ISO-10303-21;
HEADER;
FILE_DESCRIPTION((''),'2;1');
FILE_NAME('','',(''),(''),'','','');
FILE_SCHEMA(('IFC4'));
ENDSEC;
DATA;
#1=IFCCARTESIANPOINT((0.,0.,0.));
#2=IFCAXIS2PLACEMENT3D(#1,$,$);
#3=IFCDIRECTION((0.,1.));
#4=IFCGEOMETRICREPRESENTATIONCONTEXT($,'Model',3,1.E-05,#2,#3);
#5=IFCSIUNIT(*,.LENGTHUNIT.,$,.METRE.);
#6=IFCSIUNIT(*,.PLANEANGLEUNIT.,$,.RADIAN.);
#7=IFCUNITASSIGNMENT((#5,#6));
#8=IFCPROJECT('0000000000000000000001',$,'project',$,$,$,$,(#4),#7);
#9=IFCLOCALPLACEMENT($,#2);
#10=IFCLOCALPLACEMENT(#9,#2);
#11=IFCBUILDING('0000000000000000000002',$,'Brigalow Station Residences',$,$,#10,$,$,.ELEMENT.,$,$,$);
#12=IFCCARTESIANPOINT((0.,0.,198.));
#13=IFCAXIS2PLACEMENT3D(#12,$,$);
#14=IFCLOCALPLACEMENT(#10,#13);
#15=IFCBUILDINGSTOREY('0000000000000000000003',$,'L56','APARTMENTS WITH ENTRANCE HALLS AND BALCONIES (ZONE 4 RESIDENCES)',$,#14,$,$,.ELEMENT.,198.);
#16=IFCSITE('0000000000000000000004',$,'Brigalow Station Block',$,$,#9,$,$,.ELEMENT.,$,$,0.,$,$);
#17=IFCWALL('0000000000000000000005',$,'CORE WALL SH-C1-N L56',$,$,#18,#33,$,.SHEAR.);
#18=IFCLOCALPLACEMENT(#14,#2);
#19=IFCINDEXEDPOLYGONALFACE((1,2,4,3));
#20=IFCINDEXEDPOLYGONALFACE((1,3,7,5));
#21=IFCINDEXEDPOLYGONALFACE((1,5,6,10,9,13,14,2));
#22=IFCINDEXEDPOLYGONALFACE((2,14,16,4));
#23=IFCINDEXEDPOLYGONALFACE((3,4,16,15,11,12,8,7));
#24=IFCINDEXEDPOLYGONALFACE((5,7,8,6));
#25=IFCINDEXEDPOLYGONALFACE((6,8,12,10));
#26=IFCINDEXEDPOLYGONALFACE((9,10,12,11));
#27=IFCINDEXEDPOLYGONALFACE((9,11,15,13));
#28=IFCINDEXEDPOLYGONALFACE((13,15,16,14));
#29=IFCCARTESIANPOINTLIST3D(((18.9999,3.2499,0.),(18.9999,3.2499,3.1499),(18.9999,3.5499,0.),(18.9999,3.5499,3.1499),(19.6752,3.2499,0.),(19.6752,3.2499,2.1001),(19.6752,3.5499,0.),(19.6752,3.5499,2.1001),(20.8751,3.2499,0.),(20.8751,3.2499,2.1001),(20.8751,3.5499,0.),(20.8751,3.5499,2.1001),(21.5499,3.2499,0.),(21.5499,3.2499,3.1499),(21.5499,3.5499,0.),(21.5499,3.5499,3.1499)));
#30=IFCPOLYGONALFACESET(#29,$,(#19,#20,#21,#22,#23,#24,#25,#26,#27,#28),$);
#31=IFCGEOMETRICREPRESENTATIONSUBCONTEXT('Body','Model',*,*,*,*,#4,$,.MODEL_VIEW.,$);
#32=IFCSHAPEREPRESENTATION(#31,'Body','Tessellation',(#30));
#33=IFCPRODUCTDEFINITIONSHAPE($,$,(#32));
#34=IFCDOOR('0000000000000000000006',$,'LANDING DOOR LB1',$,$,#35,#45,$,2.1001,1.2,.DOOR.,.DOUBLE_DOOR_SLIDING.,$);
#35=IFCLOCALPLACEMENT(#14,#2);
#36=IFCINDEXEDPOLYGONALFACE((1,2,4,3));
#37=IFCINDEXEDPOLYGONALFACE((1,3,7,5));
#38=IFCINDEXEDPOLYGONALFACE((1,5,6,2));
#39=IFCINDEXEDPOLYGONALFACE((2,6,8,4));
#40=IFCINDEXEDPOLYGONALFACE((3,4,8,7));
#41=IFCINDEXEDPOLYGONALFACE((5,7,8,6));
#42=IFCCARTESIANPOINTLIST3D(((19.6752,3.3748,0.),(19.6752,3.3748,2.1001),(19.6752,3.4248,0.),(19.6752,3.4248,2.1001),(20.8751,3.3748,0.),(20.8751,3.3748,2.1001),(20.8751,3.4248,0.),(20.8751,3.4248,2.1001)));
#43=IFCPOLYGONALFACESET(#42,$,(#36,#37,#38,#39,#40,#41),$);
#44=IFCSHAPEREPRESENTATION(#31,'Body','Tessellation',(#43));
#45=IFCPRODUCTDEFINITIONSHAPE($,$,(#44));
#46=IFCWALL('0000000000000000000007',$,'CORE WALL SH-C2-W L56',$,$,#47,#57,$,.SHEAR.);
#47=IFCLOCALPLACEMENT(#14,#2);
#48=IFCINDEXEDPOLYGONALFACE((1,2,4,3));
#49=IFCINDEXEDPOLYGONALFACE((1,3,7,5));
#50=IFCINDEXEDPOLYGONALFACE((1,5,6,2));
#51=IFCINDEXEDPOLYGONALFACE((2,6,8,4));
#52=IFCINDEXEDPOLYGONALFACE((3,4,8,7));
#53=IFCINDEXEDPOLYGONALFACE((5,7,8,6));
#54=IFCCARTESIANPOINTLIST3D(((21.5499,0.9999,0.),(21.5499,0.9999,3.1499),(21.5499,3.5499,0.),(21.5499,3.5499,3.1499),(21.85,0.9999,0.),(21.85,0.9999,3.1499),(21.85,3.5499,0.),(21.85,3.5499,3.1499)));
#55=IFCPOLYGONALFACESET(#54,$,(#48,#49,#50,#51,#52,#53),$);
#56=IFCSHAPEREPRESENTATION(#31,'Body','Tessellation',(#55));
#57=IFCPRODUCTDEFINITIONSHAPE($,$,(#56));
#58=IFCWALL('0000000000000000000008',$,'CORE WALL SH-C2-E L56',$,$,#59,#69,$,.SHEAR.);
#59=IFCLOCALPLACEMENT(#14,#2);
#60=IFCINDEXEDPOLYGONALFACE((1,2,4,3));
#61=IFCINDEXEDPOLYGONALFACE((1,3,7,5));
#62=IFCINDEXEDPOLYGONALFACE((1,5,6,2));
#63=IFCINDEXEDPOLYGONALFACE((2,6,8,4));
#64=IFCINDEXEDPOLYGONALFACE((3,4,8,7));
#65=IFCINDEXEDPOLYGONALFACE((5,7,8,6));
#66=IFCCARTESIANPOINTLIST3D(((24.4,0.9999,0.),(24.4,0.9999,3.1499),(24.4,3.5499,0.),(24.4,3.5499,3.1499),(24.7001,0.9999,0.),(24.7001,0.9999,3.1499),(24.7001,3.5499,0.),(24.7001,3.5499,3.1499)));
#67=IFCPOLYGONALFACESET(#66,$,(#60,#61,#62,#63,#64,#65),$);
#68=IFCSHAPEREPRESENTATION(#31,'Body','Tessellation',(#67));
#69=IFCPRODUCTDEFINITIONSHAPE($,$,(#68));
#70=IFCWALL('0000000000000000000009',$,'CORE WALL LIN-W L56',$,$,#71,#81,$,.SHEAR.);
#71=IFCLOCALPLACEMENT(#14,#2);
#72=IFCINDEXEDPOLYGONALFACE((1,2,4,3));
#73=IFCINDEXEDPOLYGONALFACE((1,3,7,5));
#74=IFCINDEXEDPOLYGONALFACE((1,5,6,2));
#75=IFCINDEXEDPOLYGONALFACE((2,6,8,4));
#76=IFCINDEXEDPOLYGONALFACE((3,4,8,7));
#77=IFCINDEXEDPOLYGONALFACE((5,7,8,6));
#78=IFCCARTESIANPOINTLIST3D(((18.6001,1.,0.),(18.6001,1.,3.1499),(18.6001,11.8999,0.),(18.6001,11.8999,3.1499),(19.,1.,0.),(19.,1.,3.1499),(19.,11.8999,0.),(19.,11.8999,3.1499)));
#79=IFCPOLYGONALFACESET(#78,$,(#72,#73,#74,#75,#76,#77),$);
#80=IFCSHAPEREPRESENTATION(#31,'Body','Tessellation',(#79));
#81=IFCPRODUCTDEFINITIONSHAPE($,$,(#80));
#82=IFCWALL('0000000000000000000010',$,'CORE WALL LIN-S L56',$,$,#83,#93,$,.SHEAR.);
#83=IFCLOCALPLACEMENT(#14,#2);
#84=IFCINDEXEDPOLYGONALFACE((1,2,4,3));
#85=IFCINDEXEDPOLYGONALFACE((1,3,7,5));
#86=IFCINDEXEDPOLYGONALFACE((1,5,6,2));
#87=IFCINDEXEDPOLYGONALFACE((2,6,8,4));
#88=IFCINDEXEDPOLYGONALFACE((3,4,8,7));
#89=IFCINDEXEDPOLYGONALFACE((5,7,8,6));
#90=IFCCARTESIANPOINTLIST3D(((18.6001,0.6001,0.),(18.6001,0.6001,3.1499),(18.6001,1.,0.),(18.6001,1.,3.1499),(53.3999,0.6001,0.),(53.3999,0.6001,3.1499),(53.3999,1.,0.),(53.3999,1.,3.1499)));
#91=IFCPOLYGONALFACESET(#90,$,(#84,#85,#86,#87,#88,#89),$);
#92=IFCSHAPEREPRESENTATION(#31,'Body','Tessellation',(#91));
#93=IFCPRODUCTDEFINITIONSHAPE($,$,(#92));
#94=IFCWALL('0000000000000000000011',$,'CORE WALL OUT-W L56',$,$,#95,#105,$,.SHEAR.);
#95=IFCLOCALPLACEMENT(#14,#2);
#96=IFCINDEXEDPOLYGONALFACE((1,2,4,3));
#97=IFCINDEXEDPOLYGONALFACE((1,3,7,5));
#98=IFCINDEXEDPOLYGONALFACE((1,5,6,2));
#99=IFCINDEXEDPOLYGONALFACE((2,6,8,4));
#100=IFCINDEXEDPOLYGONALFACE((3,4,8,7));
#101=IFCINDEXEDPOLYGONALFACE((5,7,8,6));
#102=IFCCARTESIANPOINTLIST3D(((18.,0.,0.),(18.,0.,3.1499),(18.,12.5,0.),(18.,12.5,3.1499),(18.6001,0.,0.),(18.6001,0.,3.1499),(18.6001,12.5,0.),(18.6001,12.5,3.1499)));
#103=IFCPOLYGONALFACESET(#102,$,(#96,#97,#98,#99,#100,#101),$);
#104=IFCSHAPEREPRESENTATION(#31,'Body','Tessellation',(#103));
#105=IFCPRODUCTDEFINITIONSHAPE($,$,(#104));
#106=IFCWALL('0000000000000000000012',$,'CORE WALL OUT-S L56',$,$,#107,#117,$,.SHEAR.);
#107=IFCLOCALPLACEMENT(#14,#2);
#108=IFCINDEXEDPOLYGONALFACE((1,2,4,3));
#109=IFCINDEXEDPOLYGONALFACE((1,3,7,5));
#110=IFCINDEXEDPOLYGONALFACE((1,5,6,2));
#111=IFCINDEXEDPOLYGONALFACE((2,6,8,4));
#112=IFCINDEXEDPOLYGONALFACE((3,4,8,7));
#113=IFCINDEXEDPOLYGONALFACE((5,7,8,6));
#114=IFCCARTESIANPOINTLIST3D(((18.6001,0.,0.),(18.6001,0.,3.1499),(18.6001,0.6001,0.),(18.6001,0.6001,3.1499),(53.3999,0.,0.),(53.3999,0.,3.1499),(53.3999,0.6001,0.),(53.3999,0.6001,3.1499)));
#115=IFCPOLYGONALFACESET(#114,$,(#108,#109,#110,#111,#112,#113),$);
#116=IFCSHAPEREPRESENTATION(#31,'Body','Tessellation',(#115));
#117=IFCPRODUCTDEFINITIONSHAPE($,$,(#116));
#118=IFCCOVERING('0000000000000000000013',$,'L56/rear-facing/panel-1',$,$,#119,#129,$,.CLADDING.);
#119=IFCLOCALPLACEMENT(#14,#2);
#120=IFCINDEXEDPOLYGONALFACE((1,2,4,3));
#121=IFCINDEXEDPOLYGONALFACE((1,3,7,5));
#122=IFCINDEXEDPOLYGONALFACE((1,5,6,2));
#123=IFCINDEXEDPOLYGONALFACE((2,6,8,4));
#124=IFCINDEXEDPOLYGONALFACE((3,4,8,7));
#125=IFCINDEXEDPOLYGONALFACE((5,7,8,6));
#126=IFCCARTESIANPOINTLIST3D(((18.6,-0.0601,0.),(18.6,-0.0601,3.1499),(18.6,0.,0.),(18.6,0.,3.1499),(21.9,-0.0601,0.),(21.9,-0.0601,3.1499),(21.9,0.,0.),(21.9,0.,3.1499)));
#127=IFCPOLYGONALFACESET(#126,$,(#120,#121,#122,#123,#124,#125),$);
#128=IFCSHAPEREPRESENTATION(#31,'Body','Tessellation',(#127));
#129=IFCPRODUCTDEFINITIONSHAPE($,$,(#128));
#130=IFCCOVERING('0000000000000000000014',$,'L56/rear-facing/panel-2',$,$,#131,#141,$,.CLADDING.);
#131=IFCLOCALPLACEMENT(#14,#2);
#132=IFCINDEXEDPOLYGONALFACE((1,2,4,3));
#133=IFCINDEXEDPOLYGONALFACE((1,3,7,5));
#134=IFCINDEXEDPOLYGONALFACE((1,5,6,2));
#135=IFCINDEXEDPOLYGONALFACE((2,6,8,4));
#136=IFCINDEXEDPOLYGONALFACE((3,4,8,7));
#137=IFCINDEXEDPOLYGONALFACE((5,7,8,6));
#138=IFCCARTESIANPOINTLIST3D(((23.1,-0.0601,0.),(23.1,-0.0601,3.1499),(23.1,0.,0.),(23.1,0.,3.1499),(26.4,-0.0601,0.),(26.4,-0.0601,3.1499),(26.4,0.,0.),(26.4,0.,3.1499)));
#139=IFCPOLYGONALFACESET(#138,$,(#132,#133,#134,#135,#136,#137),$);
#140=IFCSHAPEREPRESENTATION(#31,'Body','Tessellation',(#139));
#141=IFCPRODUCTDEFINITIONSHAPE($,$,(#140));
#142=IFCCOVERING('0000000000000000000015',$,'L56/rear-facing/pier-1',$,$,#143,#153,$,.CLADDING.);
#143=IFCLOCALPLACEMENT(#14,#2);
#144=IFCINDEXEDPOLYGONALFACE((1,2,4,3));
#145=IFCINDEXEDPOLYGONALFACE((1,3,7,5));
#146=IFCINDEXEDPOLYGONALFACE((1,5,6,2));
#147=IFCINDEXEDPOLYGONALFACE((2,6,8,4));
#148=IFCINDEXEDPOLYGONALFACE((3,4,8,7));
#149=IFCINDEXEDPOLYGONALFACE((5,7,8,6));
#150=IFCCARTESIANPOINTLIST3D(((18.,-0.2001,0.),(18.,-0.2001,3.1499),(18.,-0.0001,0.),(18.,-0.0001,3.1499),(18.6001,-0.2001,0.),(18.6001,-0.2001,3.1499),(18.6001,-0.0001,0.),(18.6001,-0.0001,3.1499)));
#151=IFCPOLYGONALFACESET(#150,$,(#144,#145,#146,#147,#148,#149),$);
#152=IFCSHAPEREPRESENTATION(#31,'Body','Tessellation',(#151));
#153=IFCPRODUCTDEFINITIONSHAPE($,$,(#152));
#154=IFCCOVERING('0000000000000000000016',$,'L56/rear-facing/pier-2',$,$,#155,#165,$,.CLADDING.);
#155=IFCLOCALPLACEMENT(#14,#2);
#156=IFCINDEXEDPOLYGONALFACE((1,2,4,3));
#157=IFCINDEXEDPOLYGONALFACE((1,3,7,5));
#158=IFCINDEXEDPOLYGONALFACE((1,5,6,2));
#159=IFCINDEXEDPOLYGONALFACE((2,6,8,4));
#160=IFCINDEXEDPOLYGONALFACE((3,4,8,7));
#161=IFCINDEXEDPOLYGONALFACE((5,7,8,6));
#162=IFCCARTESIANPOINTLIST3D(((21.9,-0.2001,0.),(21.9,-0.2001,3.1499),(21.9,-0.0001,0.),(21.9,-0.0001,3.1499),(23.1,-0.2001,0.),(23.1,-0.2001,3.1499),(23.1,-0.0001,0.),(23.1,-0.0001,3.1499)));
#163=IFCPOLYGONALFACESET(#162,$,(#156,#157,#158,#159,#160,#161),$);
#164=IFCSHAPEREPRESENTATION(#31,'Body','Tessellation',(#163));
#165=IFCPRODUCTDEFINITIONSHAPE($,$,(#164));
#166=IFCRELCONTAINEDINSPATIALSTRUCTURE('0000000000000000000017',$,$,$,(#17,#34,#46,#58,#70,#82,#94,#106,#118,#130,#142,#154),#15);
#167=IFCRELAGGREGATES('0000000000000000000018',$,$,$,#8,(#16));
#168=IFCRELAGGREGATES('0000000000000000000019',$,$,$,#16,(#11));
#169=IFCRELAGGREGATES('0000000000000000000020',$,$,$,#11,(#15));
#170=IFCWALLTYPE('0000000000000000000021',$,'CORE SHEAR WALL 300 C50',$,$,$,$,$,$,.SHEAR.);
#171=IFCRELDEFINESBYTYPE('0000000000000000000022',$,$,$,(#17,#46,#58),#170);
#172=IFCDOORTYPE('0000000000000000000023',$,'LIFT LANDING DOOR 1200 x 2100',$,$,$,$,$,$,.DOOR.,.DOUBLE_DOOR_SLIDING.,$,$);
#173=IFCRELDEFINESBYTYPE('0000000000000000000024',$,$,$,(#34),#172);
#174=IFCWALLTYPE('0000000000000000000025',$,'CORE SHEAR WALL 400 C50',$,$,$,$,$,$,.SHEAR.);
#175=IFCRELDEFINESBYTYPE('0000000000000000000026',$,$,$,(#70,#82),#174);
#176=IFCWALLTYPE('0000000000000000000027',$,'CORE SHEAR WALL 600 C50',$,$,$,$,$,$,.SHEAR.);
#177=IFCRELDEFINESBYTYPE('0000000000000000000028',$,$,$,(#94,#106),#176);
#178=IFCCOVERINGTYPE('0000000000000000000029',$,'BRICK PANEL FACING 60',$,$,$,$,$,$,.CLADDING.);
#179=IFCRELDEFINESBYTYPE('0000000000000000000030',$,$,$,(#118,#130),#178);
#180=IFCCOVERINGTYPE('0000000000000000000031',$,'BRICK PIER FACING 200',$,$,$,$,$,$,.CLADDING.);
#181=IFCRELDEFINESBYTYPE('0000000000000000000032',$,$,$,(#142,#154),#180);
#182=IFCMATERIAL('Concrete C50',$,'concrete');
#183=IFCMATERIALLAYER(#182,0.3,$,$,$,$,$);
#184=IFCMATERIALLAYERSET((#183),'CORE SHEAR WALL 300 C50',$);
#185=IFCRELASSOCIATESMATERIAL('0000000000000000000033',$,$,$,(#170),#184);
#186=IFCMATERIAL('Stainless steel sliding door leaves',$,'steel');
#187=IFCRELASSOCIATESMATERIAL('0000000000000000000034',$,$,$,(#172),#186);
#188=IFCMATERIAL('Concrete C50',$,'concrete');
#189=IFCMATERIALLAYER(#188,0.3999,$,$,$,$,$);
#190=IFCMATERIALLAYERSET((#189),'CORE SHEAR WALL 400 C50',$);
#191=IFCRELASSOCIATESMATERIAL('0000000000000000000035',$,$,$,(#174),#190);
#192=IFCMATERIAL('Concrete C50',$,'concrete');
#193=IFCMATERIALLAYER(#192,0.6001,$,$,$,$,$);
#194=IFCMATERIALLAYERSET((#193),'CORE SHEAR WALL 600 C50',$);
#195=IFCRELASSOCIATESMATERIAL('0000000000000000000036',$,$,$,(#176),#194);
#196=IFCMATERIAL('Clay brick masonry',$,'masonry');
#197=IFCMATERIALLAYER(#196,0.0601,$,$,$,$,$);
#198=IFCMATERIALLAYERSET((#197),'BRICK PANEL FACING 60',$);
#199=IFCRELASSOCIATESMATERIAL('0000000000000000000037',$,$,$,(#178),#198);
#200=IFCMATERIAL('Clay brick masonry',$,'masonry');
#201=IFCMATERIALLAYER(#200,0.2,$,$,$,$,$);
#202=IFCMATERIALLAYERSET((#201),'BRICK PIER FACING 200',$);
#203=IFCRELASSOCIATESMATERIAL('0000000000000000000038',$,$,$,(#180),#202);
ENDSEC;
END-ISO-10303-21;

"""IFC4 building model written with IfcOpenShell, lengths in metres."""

from ifc_helpers import new_model, si_unit, direction, frame, frame_2d, origin, origin_2d, place, context, subcontext, project, spatial, rectangle, extrude, material, layer, layer_set, type_object, element, fill, save


model = new_model("IFC4")

# Units and contexts
model_context = context("Model", 3, precision=1e-05, world=origin(), true_north=direction((0.0, 1.0)))
body_context = subcontext(model_context, "Body", "Model", "MODEL_VIEW")
ifc_project = project(units=[si_unit("LENGTHUNIT", "METRE"), si_unit("PLANEANGLEUNIT", "RADIAN")], contexts=[model_context])

# Site, building, storey
site_placement = place(None, origin())
site = spatial("IfcSite", under=ifc_project, at=site_placement, Name="Brigalow Station Block", CompositionType="ELEMENT", RefElevation=0.0)
building_placement = place(site_placement, origin())
building = spatial("IfcBuilding", under=site, at=building_placement, Name="Brigalow Station Residences", CompositionType="ELEMENT")
storey_placement = place(building_placement, frame((0.0, 0.0, 198.0)))
storey = spatial("IfcBuildingStorey", under=building, at=storey_placement, Name="L56", Description="APARTMENTS WITH ENTRANCE HALLS AND BALCONIES (ZONE 4 RESIDENCES)", CompositionType="ELEMENT", Elevation=198.0)

# Wall, opening, door
ifc_material_1 = material(Name="Concrete C50", Category="concrete")
ifc_layer_1 = layer(ifc_material_1, 0.3)
ifc_layer_set_1 = layer_set([ifc_layer_1], Name="CORE SHEAR WALL 300 C50")
wall_type_1 = type_object("IfcWallType", Name="CORE SHEAR WALL 300 C50", PredefinedType="SHEAR", material=ifc_layer_set_1)
wall_1_placement = place(storey_placement, frame((19.0, 3.3999, 0.0), z_axis=(0.0, 0.0, 1.0), x_axis=(1.0, 0.0, 0.0)))
wall_1 = element("IfcWall", 1, at=wall_1_placement, inside=storey, type_object=wall_type_1, Name="CORE WALL SH-C1-N L56", PredefinedType="SHEAR", context=body_context, shape_type="SweptSolid", body=[
    extrude(rectangle(XDim=2.55, YDim=0.3, at=frame_2d((1.2749, 0.0))), origin(), (0.0, 0.0, 1.0), 3.1499),
])
opening_placement = place(wall_1_placement, frame((0.675, 0.0, 0.0)))
opening = element("IfcOpeningElement", 2, at=opening_placement, cuts=wall_1, PredefinedType="OPENING", context=body_context, shape_type="SweptSolid", body=[
    extrude(rectangle(XDim=1.2, YDim=2.1001, at=frame_2d((0.6001, 1.05))), frame((0.0, 0.1602, 0.0), z_axis=(0.0, -1.0, 0.0), x_axis=(1.0, 0.0, 0.0)), (0.0, 0.0, 1.0), 0.3201),
])
ifc_material_2 = material(Name="Stainless steel sliding door leaves", Category="steel")
door_type = type_object("IfcDoorType", Name="LIFT LANDING DOOR 1200 x 2100", OperationType="DOUBLE_DOOR_SLIDING", PredefinedType="DOOR", material=ifc_material_2)
door_placement = place(opening_placement, origin())
door = element("IfcDoor", 3, at=door_placement, inside=storey, type_object=door_type, Name="LANDING DOOR LB1", OperationType="DOUBLE_DOOR_SLIDING", OverallHeight=2.1001, OverallWidth=1.2, PredefinedType="DOOR", context=body_context, shape_type="SweptSolid", body=[
    extrude(rectangle(XDim=1.2, YDim=2.1001, at=frame_2d((0.6001, 1.05))), frame((0.0, 0.0249, 0.0), z_axis=(0.0, -1.0, 0.0), x_axis=(1.0, 0.0, 0.0)), (0.0, 0.0, 1.0), 0.05),
])
fill(opening, door)

# Walls
for number, where, z_axis, x_axis, name in (
    (4, (21.7, 1.0, 0.0), (0.0, 0.0, 1.0), (0.0, 1.0, 0.0), "CORE WALL SH-C2-W L56"),
    (5, (24.55, 1.0, 0.0), (0.0, 0.0, 1.0), (0.0, 1.0, 0.0), "CORE WALL SH-C2-E L56"),
):
    element("IfcWall", number, at=place(storey_placement, frame(where, z_axis=z_axis, x_axis=x_axis)), inside=storey, type_object=wall_type_1, Name=name, PredefinedType="SHEAR", context=body_context, shape_type="SweptSolid", body=[
        extrude(rectangle(XDim=2.55, YDim=0.3, at=frame_2d((1.2749, 0.0))), origin(), (0.0, 0.0, 1.0), 3.1499),
    ])
ifc_material_3 = material(Name="Concrete C50", Category="concrete")
ifc_layer_2 = layer(ifc_material_3, 0.3999)
ifc_layer_set_2 = layer_set([ifc_layer_2], Name="CORE SHEAR WALL 400 C50")
wall_type_2 = type_object("IfcWallType", Name="CORE SHEAR WALL 400 C50", PredefinedType="SHEAR", material=ifc_layer_set_2)
wall_2_placement = place(storey_placement, frame((18.8, 1.0, 0.0), z_axis=(0.0, 0.0, 1.0), x_axis=(0.0, 1.0, 0.0)))
element("IfcWall", 6, at=wall_2_placement, inside=storey, type_object=wall_type_2, Name="CORE WALL LIN-W L56", PredefinedType="SHEAR", context=body_context, shape_type="SweptSolid", body=[
    extrude(rectangle(XDim=10.8999, YDim=0.3999, at=frame_2d((5.45, 0.0))), origin(), (0.0, 0.0, 1.0), 3.1499),
])
wall_3_placement = place(storey_placement, frame((18.6001, 0.8, 0.0), z_axis=(0.0, 0.0, 1.0), x_axis=(1.0, 0.0, 0.0)))
element("IfcWall", 7, at=wall_3_placement, inside=storey, type_object=wall_type_2, Name="CORE WALL LIN-S L56", PredefinedType="SHEAR", context=body_context, shape_type="SweptSolid", body=[
    extrude(rectangle(XDim=34.7998, YDim=0.3999, at=frame_2d((17.3999, 0.0))), origin(), (0.0, 0.0, 1.0), 3.1499),
])
ifc_material_4 = material(Name="Concrete C50", Category="concrete")
ifc_layer_3 = layer(ifc_material_4, 0.6001)
ifc_layer_set_3 = layer_set([ifc_layer_3], Name="CORE SHEAR WALL 600 C50")
wall_type_3 = type_object("IfcWallType", Name="CORE SHEAR WALL 600 C50", PredefinedType="SHEAR", material=ifc_layer_set_3)
wall_4_placement = place(storey_placement, frame((18.3, 0.0, 0.0), z_axis=(0.0, 0.0, 1.0), x_axis=(0.0, 1.0, 0.0)))
element("IfcWall", 8, at=wall_4_placement, inside=storey, type_object=wall_type_3, Name="CORE WALL OUT-W L56", PredefinedType="SHEAR", context=body_context, shape_type="SweptSolid", body=[
    extrude(rectangle(XDim=12.5, YDim=0.6001, at=frame_2d((6.25, 0.0))), origin(), (0.0, 0.0, 1.0), 3.1499),
])
wall_5_placement = place(storey_placement, frame((18.6001, 0.3, 0.0), z_axis=(0.0, 0.0, 1.0), x_axis=(1.0, 0.0, 0.0)))
element("IfcWall", 9, at=wall_5_placement, inside=storey, type_object=wall_type_3, Name="CORE WALL OUT-S L56", PredefinedType="SHEAR", context=body_context, shape_type="SweptSolid", body=[
    extrude(rectangle(XDim=34.7998, YDim=0.6001, at=frame_2d((17.3999, 0.0))), origin(), (0.0, 0.0, 1.0), 3.1499),
])

# Coverings
ifc_material_5 = material(Name="Clay brick masonry", Category="masonry")
ifc_layer_4 = layer(ifc_material_5, 0.0601)
ifc_layer_set_4 = layer_set([ifc_layer_4], Name="BRICK PANEL FACING 60")
covering_type_1 = type_object("IfcCoveringType", Name="BRICK PANEL FACING 60", PredefinedType="CLADDING", material=ifc_layer_set_4)
for number, where, z_axis, x_axis, name in (
    (10, (20.25, -0.03, 0.0), (0.0, 0.0, 1.0), (1.0, 0.0, 0.0), "L56/rear-facing/panel-1"),
    (11, (24.75, -0.03, 0.0), (0.0, 0.0, 1.0), (1.0, 0.0, 0.0), "L56/rear-facing/panel-2"),
):
    element("IfcCovering", number, at=place(storey_placement, frame(where, z_axis=z_axis, x_axis=x_axis)), inside=storey, type_object=covering_type_1, Name=name, PredefinedType="CLADDING", context=body_context, shape_type="SweptSolid", body=[
        extrude(rectangle(XDim=3.3, YDim=0.0601, at=origin_2d()), origin(), (0.0, 0.0, 1.0), 3.1499),
    ])
ifc_material_6 = material(Name="Clay brick masonry", Category="masonry")
ifc_layer_5 = layer(ifc_material_6, 0.2)
ifc_layer_set_5 = layer_set([ifc_layer_5], Name="BRICK PIER FACING 200")
covering_type_2 = type_object("IfcCoveringType", Name="BRICK PIER FACING 200", PredefinedType="CLADDING", material=ifc_layer_set_5)
covering_1_placement = place(storey_placement, frame((18.3, -0.1001, 0.0), z_axis=(0.0, 0.0, 1.0), x_axis=(1.0, 0.0, 0.0)))
element("IfcCovering", 12, at=covering_1_placement, inside=storey, type_object=covering_type_2, Name="L56/rear-facing/pier-1", PredefinedType="CLADDING", context=body_context, shape_type="SweptSolid", body=[
    extrude(rectangle(XDim=0.6001, YDim=0.2, at=origin_2d()), origin(), (0.0, 0.0, 1.0), 3.1499),
])
covering_2_placement = place(storey_placement, frame((22.5, -0.1001, 0.0), z_axis=(0.0, 0.0, 1.0), x_axis=(1.0, 0.0, 0.0)))
element("IfcCovering", 13, at=covering_2_placement, inside=storey, type_object=covering_type_2, Name="L56/rear-facing/pier-2", PredefinedType="CLADDING", context=body_context, shape_type="SweptSolid", body=[
    extrude(rectangle(XDim=1.2, YDim=0.2, at=origin_2d()), origin(), (0.0, 0.0, 1.0), 3.1499),
])

save(model, "model.ifc")
